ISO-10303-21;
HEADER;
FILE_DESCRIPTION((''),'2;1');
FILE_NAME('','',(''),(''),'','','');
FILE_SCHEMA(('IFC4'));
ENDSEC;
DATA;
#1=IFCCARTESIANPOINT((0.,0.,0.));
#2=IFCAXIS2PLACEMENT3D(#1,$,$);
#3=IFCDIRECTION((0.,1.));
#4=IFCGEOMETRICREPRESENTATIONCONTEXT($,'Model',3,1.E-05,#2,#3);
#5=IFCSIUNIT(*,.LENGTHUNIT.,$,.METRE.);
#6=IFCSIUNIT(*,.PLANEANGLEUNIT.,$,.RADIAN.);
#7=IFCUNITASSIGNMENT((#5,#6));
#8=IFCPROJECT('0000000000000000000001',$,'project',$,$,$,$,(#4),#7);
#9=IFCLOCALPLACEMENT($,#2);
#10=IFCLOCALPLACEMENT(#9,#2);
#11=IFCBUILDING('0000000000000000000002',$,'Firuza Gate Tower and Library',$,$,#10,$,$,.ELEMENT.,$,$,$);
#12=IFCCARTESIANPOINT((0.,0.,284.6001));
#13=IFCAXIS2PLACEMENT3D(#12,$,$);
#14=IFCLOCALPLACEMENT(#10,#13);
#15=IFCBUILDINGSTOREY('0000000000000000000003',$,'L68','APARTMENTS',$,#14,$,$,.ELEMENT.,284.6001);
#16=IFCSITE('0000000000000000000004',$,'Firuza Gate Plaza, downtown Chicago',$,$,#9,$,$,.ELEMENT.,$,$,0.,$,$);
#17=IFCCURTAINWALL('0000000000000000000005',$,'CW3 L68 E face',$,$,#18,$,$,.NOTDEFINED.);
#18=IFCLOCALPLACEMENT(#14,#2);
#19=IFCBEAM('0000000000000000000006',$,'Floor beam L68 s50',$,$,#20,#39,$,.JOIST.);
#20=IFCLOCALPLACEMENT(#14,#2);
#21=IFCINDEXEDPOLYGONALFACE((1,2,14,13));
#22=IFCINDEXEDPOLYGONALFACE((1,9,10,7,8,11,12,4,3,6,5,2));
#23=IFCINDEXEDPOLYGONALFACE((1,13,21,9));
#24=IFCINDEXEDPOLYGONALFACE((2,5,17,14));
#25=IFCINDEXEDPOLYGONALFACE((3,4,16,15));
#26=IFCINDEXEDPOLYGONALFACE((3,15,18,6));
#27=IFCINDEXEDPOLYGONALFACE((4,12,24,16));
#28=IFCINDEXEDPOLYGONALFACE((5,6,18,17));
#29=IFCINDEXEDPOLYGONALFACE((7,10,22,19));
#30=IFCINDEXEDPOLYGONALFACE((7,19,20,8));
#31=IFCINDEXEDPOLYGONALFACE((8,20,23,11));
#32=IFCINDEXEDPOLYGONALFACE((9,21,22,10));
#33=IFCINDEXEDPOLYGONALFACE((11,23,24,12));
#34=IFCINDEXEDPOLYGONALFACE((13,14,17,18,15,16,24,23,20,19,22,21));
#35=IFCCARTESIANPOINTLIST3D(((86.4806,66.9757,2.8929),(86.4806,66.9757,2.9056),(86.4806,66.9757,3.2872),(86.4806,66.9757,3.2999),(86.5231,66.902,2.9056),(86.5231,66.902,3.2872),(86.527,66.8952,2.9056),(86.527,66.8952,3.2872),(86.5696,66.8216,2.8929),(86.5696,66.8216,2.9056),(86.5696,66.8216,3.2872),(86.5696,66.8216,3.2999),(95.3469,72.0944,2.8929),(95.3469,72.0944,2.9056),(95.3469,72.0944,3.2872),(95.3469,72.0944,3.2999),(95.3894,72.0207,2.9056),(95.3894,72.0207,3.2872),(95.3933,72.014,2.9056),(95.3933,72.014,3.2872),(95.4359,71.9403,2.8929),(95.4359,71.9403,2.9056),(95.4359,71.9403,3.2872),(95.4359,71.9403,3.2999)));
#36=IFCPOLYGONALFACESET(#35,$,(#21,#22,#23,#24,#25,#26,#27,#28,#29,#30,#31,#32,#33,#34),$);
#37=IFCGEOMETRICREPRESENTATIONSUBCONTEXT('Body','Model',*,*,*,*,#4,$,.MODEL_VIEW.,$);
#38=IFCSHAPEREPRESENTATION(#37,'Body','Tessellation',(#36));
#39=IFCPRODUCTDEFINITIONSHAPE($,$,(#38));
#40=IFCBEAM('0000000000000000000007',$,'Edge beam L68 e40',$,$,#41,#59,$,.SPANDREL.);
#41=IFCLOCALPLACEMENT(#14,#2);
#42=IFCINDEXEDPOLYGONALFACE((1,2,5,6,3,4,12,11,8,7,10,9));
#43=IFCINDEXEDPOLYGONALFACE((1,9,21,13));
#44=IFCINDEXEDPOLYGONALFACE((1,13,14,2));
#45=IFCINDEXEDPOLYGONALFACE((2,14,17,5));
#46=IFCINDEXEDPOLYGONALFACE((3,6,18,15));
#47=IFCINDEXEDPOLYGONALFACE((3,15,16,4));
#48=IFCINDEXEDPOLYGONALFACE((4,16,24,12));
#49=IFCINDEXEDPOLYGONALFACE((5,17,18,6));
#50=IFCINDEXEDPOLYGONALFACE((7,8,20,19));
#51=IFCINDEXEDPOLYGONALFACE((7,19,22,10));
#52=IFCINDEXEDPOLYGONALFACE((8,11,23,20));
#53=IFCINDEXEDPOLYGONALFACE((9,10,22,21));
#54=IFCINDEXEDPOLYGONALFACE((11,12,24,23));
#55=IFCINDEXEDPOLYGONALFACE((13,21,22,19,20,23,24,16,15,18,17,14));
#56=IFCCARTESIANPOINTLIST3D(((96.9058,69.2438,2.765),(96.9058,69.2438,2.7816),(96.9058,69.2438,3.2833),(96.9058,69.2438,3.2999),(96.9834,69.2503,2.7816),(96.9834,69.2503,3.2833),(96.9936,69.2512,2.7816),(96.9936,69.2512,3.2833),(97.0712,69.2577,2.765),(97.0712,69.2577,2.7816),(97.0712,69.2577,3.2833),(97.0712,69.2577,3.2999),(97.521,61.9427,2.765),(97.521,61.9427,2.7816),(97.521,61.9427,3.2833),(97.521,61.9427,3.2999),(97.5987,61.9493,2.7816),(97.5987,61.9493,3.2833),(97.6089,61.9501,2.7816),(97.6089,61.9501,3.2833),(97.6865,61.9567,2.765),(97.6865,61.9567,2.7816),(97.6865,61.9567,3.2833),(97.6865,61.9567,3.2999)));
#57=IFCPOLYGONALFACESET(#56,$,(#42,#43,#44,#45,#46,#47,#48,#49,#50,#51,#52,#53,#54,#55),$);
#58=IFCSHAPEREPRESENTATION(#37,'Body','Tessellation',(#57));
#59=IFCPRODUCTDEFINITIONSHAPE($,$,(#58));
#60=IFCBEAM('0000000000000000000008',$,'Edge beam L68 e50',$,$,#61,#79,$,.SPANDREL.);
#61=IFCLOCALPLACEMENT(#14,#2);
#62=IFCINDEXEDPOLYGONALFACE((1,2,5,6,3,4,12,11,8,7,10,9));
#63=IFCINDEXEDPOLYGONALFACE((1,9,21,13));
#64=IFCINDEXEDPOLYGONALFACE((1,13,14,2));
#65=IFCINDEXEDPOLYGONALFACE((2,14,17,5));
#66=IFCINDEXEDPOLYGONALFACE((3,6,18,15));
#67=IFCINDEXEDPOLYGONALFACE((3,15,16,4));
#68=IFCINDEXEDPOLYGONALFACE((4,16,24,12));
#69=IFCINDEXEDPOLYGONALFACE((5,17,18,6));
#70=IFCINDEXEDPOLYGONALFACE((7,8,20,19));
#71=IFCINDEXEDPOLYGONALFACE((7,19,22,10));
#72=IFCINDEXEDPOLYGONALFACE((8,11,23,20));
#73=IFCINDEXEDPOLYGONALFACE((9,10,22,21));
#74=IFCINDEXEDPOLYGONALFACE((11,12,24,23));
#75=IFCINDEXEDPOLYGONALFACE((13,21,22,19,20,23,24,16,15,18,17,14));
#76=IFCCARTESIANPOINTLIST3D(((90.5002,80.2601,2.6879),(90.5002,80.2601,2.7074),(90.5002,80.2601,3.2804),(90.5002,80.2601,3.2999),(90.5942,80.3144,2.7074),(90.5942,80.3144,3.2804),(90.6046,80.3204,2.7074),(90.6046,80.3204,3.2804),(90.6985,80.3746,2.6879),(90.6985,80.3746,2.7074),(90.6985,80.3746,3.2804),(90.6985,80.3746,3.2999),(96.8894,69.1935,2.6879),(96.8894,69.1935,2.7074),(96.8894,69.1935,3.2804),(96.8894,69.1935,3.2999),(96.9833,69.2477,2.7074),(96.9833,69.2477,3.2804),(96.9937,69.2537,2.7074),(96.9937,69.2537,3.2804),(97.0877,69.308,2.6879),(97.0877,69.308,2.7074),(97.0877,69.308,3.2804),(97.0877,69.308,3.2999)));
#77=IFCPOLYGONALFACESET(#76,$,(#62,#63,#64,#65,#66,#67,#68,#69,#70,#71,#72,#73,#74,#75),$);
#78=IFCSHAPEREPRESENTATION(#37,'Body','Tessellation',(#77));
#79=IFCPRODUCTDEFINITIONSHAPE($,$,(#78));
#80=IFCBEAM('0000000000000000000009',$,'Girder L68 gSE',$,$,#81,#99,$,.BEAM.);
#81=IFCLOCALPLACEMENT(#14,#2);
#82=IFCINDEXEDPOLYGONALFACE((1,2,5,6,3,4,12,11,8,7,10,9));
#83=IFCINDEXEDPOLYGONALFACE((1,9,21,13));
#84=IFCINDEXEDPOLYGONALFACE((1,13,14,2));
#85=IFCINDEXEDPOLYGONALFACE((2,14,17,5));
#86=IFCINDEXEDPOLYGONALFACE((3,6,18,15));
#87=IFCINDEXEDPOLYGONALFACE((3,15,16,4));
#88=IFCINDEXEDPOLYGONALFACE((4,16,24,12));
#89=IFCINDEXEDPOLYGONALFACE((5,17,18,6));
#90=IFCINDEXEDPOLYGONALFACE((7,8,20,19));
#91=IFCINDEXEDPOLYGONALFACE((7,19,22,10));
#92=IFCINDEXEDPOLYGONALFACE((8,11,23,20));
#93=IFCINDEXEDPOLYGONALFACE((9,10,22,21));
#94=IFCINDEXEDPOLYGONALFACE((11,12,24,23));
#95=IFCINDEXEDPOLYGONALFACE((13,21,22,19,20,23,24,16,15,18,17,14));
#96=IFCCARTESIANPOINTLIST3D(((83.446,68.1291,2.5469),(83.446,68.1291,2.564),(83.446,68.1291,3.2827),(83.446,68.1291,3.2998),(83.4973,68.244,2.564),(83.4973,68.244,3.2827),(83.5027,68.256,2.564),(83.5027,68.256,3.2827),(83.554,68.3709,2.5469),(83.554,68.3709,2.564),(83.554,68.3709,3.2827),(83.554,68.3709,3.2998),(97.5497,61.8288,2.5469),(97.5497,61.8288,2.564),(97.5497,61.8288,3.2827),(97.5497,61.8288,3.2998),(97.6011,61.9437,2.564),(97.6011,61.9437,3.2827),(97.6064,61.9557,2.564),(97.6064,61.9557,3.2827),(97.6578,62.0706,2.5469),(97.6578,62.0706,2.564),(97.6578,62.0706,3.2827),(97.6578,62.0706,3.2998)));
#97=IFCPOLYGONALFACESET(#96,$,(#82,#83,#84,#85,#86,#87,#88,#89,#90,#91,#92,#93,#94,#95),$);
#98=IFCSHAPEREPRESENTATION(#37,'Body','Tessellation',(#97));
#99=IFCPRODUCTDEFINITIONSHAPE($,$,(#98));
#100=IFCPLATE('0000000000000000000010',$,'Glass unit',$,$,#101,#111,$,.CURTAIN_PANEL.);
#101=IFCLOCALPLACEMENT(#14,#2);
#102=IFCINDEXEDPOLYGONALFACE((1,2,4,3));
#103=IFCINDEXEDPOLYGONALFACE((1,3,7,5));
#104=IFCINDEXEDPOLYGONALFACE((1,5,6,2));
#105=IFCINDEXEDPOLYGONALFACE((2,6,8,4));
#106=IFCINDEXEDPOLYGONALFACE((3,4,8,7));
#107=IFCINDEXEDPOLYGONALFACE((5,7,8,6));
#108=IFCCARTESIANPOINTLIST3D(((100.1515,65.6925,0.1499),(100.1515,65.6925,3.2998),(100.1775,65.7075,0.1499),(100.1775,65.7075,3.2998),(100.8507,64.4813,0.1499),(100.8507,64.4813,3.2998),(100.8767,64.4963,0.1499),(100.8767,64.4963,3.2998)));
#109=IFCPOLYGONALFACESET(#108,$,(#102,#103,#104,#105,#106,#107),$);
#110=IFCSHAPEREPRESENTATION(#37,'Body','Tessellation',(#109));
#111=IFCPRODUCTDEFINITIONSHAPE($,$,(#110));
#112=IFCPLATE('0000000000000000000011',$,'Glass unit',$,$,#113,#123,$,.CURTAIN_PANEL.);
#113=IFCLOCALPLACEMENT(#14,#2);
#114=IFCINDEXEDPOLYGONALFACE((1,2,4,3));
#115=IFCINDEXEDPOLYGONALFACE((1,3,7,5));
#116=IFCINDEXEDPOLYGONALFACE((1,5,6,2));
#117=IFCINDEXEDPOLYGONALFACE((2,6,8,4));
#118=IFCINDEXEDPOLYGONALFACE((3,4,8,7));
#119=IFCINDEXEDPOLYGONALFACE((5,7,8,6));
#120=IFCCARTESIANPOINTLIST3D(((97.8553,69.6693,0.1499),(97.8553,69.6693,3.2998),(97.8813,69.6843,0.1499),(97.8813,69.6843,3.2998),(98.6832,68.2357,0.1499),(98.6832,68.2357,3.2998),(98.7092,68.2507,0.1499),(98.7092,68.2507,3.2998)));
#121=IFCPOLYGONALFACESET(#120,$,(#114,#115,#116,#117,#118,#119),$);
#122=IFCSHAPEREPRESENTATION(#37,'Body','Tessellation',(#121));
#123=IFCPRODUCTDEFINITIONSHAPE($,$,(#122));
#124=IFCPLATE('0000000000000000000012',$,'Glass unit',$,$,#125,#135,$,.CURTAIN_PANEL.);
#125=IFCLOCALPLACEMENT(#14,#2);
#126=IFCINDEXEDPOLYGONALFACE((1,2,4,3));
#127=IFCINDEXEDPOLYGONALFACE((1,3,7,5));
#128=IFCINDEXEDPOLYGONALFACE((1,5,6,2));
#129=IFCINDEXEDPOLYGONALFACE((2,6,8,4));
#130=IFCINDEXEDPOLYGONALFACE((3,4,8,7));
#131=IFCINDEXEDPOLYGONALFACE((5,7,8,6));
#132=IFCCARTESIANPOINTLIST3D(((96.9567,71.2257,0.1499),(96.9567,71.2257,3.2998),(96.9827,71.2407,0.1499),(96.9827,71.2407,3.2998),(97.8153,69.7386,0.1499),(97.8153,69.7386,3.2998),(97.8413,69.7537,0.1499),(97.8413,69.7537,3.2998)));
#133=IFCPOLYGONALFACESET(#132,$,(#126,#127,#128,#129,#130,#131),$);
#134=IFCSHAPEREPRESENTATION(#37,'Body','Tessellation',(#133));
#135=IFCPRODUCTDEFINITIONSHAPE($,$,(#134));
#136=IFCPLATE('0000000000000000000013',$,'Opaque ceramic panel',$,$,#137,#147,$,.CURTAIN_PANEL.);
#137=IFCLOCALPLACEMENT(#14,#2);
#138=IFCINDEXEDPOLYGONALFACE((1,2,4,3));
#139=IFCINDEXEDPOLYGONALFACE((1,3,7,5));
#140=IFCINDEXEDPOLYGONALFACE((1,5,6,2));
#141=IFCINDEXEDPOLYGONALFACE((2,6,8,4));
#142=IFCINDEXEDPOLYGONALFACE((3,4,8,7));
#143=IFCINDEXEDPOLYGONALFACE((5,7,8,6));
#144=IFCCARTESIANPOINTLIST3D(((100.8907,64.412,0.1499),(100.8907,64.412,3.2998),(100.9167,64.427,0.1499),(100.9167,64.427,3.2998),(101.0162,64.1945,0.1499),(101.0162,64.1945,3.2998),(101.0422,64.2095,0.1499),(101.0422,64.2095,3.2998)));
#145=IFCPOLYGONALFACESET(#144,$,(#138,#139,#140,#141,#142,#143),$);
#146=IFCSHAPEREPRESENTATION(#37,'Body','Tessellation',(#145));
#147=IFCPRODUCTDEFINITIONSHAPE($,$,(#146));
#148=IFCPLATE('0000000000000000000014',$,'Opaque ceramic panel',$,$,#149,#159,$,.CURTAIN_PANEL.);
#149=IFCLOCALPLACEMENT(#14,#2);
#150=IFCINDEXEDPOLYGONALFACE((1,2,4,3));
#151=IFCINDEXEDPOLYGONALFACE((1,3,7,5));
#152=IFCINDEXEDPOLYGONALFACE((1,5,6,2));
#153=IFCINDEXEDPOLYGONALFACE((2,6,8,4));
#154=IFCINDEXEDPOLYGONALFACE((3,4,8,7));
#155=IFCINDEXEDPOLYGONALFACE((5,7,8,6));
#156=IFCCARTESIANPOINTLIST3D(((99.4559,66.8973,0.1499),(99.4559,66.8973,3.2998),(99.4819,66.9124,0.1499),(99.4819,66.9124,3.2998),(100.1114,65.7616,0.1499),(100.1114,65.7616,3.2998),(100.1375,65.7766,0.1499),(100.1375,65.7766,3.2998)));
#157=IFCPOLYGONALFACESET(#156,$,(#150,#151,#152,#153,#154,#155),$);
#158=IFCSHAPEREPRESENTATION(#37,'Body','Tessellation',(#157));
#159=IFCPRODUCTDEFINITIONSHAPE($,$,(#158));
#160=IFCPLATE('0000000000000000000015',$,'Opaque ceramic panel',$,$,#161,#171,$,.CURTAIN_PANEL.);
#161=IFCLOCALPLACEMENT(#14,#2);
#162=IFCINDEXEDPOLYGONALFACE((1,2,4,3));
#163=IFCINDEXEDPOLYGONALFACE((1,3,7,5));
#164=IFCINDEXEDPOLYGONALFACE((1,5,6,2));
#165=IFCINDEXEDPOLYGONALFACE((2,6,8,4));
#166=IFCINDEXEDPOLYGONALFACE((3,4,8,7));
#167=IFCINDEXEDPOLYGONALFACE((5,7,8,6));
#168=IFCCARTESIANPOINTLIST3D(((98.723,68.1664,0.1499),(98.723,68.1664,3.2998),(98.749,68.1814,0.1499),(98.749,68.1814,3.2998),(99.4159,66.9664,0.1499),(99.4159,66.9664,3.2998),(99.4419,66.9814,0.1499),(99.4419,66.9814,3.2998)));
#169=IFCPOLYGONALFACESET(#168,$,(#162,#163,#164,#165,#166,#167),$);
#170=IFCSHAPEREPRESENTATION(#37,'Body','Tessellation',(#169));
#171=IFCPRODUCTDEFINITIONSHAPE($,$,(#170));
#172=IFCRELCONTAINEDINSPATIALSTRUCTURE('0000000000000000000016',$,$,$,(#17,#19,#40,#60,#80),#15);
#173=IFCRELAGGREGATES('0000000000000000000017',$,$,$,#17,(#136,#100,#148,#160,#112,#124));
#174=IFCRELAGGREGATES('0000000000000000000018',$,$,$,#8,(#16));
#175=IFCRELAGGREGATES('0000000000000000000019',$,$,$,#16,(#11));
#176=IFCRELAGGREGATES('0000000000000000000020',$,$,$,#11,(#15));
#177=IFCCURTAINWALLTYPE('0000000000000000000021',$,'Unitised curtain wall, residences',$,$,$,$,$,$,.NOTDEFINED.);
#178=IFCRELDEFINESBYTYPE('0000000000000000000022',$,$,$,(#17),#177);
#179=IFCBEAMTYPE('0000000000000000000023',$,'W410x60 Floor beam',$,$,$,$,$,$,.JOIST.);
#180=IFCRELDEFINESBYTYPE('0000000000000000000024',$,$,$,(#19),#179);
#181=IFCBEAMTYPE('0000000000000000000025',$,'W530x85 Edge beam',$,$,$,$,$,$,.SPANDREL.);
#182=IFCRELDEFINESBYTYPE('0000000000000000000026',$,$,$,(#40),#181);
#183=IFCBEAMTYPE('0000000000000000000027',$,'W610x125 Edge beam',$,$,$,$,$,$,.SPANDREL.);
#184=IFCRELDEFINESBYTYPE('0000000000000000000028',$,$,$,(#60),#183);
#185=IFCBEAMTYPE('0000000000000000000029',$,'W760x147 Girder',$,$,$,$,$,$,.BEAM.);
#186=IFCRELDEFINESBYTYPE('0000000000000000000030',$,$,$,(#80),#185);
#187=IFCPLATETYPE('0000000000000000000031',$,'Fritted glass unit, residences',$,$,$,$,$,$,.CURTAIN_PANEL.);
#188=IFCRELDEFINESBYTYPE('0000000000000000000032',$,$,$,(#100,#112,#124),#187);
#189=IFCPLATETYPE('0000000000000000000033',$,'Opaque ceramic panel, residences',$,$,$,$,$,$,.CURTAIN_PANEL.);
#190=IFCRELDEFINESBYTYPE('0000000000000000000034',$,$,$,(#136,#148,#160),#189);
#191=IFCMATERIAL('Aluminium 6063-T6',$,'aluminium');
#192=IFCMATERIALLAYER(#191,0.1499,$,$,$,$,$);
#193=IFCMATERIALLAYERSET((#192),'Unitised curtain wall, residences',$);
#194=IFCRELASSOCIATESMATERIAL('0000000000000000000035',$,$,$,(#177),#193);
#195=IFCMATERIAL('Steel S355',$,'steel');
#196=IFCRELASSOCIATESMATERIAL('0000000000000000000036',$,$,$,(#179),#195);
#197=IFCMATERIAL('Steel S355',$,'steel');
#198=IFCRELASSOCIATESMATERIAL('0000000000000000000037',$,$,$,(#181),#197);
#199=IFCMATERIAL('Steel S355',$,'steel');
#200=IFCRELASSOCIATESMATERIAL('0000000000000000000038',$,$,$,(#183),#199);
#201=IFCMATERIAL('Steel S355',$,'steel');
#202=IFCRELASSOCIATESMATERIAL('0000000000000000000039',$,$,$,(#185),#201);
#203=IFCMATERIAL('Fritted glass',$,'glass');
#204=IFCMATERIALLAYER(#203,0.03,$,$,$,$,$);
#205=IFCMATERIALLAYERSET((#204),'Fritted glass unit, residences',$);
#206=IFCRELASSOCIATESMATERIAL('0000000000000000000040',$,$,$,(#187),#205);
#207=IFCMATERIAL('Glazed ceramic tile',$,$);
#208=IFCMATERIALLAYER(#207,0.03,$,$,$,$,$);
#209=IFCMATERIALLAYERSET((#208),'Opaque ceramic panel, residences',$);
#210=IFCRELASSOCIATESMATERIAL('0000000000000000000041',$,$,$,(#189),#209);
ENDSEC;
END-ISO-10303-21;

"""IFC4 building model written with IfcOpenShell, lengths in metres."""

from ifc_helpers import new_model, si_unit, direction, frame, origin, origin_2d, place, context, subcontext, project, spatial, polyline, i_section, outline, extrude, material, layer, layer_set, material_profile, profile_set, type_object, element, aggregate, save


model = new_model("IFC4")

# Units and contexts
model_context = context("Model", 3, precision=1e-05, world=origin(), true_north=direction((0.0, 1.0)))
body_context = subcontext(model_context, "Body", "Model", "MODEL_VIEW")
ifc_project = project(units=[si_unit("LENGTHUNIT", "METRE"), si_unit("PLANEANGLEUNIT", "RADIAN")], contexts=[model_context])

# Site, building, storey
site_placement = place(None, origin())
site = spatial("IfcSite", under=ifc_project, at=site_placement, Name="Firuza Gate Plaza, downtown Chicago", CompositionType="ELEMENT", RefElevation=0.0)
building_placement = place(site_placement, origin())
building = spatial("IfcBuilding", under=site, at=building_placement, Name="Firuza Gate Tower and Library", CompositionType="ELEMENT")
storey_placement = place(building_placement, frame((0.0, 0.0, 284.6001)))
storey = spatial("IfcBuildingStorey", under=building, at=storey_placement, Name="L68", Description="APARTMENTS", CompositionType="ELEMENT", Elevation=284.6001)

# Curtain wall
ifc_material_1 = material(Name="Aluminium 6063-T6", Category="aluminium")
ifc_layer_1 = layer(ifc_material_1, 0.1499)
ifc_layer_set_1 = layer_set([ifc_layer_1], Name="Unitised curtain wall, residences")
curtain_wall_type = type_object("IfcCurtainWallType", Name="Unitised curtain wall, residences", PredefinedType="NOTDEFINED", material=ifc_layer_set_1)
curtain_wall_placement = place(storey_placement, origin())
curtain_wall = element("IfcCurtainWall", 1, at=curtain_wall_placement, inside=storey, type_object=curtain_wall_type, Name="CW3 L68 E face", PredefinedType="NOTDEFINED")

# Beams
ifc_material_2 = material(Name="Steel S355", Category="steel")
ifc_material_profile_1 = material_profile(ifc_material_2, i_section(OverallWidth=0.178, OverallDepth=0.407, WebThickness=0.0078, FlangeThickness=0.0127, at=origin_2d()))
ifc_profile_set_1 = profile_set([ifc_material_profile_1], Name="Steel S355")
beam_type_1 = type_object("IfcBeamType", Name="W410x60 Floor beam", PredefinedType="JOIST", material=ifc_profile_set_1)
beam_1_placement = place(storey_placement, frame((95.3914, 72.0173, 3.0964), z_axis=(-0.866036, -0.499981, 0.0), x_axis=(0.499981, -0.866036, 0.0)))
element("IfcBeam", 2, at=beam_1_placement, inside=storey, type_object=beam_type_1, Name="Floor beam L68 s50", PredefinedType="JOIST", context=body_context, shape_type="SweptSolid", body=[
    extrude(i_section(OverallWidth=0.178, OverallDepth=0.407, WebThickness=0.0078, FlangeThickness=0.0127, at=origin_2d()), origin(), (0.0, 0.0, 1.0), 10.2378),
])
ifc_material_3 = material(Name="Steel S355", Category="steel")
ifc_material_profile_2 = material_profile(ifc_material_3, i_section(OverallWidth=0.166, OverallDepth=0.5349, WebThickness=0.0103, FlangeThickness=0.0166, at=origin_2d()))
ifc_profile_set_2 = profile_set([ifc_material_profile_2], Name="Steel S355")
beam_type_2 = type_object("IfcBeamType", Name="W530x85 Edge beam", PredefinedType="SPANDREL", material=ifc_profile_set_2)
beam_2_placement = place(storey_placement, frame((97.6038, 61.9497, 3.0325), z_axis=(-0.083969, 0.996468, 0.0), x_axis=(-0.996468, -0.083969, 0.0)))
element("IfcBeam", 3, at=beam_2_placement, inside=storey, type_object=beam_type_2, Name="Edge beam L68 e40", PredefinedType="SPANDREL", context=body_context, shape_type="SweptSolid", body=[
    extrude(i_section(OverallWidth=0.166, OverallDepth=0.5349, WebThickness=0.0103, FlangeThickness=0.0166, at=origin_2d()), origin(), (0.0, 0.0, 1.0), 7.3269),
])
ifc_material_4 = material(Name="Steel S355", Category="steel")
ifc_material_profile_3 = material_profile(ifc_material_4, i_section(OverallWidth=0.229, OverallDepth=0.6121, WebThickness=0.012, FlangeThickness=0.0195, at=origin_2d()))
ifc_profile_set_3 = profile_set([ifc_material_profile_3], Name="Steel S355")
beam_type_3 = type_object("IfcBeamType", Name="W610x125 Edge beam", PredefinedType="SPANDREL", material=ifc_profile_set_3)
beam_3_placement = place(storey_placement, frame((96.9885, 69.2507, 2.9939), z_axis=(-0.49999, 0.866031, 0.0), x_axis=(-0.866031, -0.49999, 0.0)))
element("IfcBeam", 4, at=beam_3_placement, inside=storey, type_object=beam_type_3, Name="Edge beam L68 e50", PredefinedType="SPANDREL", context=body_context, shape_type="SweptSolid", body=[
    extrude(i_section(OverallWidth=0.229, OverallDepth=0.6121, WebThickness=0.012, FlangeThickness=0.0195, at=origin_2d()), origin(), (0.0, 0.0, 1.0), 12.7786),
])
ifc_material_5 = material(Name="Steel S355", Category="steel")
ifc_material_profile_4 = material_profile(ifc_material_5, i_section(OverallWidth=0.2649, OverallDepth=0.7529, WebThickness=0.0132, FlangeThickness=0.0171, at=origin_2d()))
ifc_profile_set_4 = profile_set([ifc_material_profile_4], Name="Steel S355")
beam_type_4 = type_object("IfcBeamType", Name="W760x147 Girder", PredefinedType="BEAM", material=ifc_profile_set_4)
beam_4_placement = place(storey_placement, frame((97.6038, 61.9497, 2.9233), z_axis=(-0.913042, 0.407865, 0.0), x_axis=(-0.407865, -0.913042, 0.0)))
element("IfcBeam", 5, at=beam_4_placement, inside=storey, type_object=beam_type_4, Name="Girder L68 gSE", PredefinedType="BEAM", context=body_context, shape_type="SweptSolid", body=[
    extrude(i_section(OverallWidth=0.2649, OverallDepth=0.7529, WebThickness=0.0132, FlangeThickness=0.0171, at=origin_2d()), origin(), (0.0, 0.0, 1.0), 15.447),
])

# Plates
ifc_material_6 = material(Name="Fritted glass", Category="glass")
ifc_layer_2 = layer(ifc_material_6, 0.03)
ifc_layer_set_2 = layer_set([ifc_layer_2], Name="Fritted glass unit, residences")
plate_type_1 = type_object("IfcPlateType", Name="Fritted glass unit, residences", PredefinedType="CURTAIN_PANEL", material=ifc_layer_set_2)
plate_1_placement = place(storey_placement, frame((100.8767, 64.4963, 0.1499), z_axis=(0.866043, 0.499969, 0.0), x_axis=(-0.499969, 0.866043, 0.0)))
plate_1 = element("IfcPlate", 6, at=plate_1_placement, type_object=plate_type_1, Name="Glass unit", PredefinedType="CURTAIN_PANEL", context=body_context, shape_type="SweptSolid", body=[
    extrude(outline(polyline([(0.0, 0.0), (1.3985, 0.0), (1.3985, 3.1499), (0.0, 3.1499), (0.0, 0.0)])), origin(), (0.0, 0.0, -1.0), 0.03),
])
plate_2_placement = place(storey_placement, frame((98.7092, 68.2507, 0.1499), z_axis=(0.865974, 0.500088, 0.0), x_axis=(-0.500088, 0.865974, 0.0)))
plate_2 = element("IfcPlate", 7, at=plate_2_placement, type_object=plate_type_1, Name="Glass unit", PredefinedType="CURTAIN_PANEL", context=body_context, shape_type="SweptSolid", body=[
    extrude(outline(polyline([(0.0, 0.0), (1.6555, 0.0), (1.6555, 3.1499), (0.0, 3.1499), (0.0, 0.0)])), origin(), (0.0, 0.0, -1.0), 0.03),
])
plate_3_placement = place(storey_placement, frame((97.8413, 69.7537, 0.1499), z_axis=(0.866003, 0.500038, 0.0), x_axis=(-0.500038, 0.866003, 0.0)))
plate_3 = element("IfcPlate", 8, at=plate_3_placement, type_object=plate_type_1, Name="Glass unit", PredefinedType="CURTAIN_PANEL", context=body_context, shape_type="SweptSolid", body=[
    extrude(outline(polyline([(0.0, 0.0), (1.7172, 0.0), (1.7172, 3.1499), (0.0, 3.1499), (0.0, 0.0)])), origin(), (0.0, 0.0, -1.0), 0.03),
])
ifc_material_7 = material(Name="Glazed ceramic tile")
ifc_layer_3 = layer(ifc_material_7, 0.03)
ifc_layer_set_3 = layer_set([ifc_layer_3], Name="Opaque ceramic panel, residences")
plate_type_2 = type_object("IfcPlateType", Name="Opaque ceramic panel, residences", PredefinedType="CURTAIN_PANEL", material=ifc_layer_set_3)
plate_4_placement = place(storey_placement, frame((101.0422, 64.2095, 0.1499), z_axis=(0.866202, 0.499694, 0.0), x_axis=(-0.499694, 0.866202, 0.0)))
plate_4 = element("IfcPlate", 9, at=plate_4_placement, type_object=plate_type_2, Name="Opaque ceramic panel", PredefinedType="CURTAIN_PANEL", context=body_context, shape_type="SweptSolid", body=[
    extrude(outline(polyline([(0.0, 0.0), (0.2511, 0.0), (0.2511, 3.1499), (0.0, 3.1499), (0.0, 0.0)])), origin(), (0.0, 0.0, -1.0), 0.03),
])
plate_5_placement = place(storey_placement, frame((100.1375, 65.7766, 0.1499), z_axis=(0.866093, 0.499884, 0.0), x_axis=(-0.499884, 0.866093, 0.0)))
plate_5 = element("IfcPlate", 10, at=plate_5_placement, type_object=plate_type_2, Name="Opaque ceramic panel", PredefinedType="CURTAIN_PANEL", context=body_context, shape_type="SweptSolid", body=[
    extrude(outline(polyline([(0.0, 0.0), (1.3113, 0.0), (1.3113, 3.1499), (0.0, 3.1499), (0.0, 0.0)])), origin(), (0.0, 0.0, -1.0), 0.03),
])
plate_6_placement = place(storey_placement, frame((99.4419, 66.9814, 0.1499), z_axis=(0.866001, 0.500043, 0.0), x_axis=(-0.500043, 0.866001, 0.0)))
plate_6 = element("IfcPlate", 11, at=plate_6_placement, type_object=plate_type_2, Name="Opaque ceramic panel", PredefinedType="CURTAIN_PANEL", context=body_context, shape_type="SweptSolid", body=[
    extrude(outline(polyline([(0.0, 0.0), (1.3856, 0.0), (1.3856, 3.1499), (0.0, 3.1499), (0.0, 0.0)])), origin(), (0.0, 0.0, -1.0), 0.03),
])
aggregate(curtain_wall, [plate_4, plate_1, plate_5, plate_6, plate_2, plate_3])

save(model, "model.ifc")
